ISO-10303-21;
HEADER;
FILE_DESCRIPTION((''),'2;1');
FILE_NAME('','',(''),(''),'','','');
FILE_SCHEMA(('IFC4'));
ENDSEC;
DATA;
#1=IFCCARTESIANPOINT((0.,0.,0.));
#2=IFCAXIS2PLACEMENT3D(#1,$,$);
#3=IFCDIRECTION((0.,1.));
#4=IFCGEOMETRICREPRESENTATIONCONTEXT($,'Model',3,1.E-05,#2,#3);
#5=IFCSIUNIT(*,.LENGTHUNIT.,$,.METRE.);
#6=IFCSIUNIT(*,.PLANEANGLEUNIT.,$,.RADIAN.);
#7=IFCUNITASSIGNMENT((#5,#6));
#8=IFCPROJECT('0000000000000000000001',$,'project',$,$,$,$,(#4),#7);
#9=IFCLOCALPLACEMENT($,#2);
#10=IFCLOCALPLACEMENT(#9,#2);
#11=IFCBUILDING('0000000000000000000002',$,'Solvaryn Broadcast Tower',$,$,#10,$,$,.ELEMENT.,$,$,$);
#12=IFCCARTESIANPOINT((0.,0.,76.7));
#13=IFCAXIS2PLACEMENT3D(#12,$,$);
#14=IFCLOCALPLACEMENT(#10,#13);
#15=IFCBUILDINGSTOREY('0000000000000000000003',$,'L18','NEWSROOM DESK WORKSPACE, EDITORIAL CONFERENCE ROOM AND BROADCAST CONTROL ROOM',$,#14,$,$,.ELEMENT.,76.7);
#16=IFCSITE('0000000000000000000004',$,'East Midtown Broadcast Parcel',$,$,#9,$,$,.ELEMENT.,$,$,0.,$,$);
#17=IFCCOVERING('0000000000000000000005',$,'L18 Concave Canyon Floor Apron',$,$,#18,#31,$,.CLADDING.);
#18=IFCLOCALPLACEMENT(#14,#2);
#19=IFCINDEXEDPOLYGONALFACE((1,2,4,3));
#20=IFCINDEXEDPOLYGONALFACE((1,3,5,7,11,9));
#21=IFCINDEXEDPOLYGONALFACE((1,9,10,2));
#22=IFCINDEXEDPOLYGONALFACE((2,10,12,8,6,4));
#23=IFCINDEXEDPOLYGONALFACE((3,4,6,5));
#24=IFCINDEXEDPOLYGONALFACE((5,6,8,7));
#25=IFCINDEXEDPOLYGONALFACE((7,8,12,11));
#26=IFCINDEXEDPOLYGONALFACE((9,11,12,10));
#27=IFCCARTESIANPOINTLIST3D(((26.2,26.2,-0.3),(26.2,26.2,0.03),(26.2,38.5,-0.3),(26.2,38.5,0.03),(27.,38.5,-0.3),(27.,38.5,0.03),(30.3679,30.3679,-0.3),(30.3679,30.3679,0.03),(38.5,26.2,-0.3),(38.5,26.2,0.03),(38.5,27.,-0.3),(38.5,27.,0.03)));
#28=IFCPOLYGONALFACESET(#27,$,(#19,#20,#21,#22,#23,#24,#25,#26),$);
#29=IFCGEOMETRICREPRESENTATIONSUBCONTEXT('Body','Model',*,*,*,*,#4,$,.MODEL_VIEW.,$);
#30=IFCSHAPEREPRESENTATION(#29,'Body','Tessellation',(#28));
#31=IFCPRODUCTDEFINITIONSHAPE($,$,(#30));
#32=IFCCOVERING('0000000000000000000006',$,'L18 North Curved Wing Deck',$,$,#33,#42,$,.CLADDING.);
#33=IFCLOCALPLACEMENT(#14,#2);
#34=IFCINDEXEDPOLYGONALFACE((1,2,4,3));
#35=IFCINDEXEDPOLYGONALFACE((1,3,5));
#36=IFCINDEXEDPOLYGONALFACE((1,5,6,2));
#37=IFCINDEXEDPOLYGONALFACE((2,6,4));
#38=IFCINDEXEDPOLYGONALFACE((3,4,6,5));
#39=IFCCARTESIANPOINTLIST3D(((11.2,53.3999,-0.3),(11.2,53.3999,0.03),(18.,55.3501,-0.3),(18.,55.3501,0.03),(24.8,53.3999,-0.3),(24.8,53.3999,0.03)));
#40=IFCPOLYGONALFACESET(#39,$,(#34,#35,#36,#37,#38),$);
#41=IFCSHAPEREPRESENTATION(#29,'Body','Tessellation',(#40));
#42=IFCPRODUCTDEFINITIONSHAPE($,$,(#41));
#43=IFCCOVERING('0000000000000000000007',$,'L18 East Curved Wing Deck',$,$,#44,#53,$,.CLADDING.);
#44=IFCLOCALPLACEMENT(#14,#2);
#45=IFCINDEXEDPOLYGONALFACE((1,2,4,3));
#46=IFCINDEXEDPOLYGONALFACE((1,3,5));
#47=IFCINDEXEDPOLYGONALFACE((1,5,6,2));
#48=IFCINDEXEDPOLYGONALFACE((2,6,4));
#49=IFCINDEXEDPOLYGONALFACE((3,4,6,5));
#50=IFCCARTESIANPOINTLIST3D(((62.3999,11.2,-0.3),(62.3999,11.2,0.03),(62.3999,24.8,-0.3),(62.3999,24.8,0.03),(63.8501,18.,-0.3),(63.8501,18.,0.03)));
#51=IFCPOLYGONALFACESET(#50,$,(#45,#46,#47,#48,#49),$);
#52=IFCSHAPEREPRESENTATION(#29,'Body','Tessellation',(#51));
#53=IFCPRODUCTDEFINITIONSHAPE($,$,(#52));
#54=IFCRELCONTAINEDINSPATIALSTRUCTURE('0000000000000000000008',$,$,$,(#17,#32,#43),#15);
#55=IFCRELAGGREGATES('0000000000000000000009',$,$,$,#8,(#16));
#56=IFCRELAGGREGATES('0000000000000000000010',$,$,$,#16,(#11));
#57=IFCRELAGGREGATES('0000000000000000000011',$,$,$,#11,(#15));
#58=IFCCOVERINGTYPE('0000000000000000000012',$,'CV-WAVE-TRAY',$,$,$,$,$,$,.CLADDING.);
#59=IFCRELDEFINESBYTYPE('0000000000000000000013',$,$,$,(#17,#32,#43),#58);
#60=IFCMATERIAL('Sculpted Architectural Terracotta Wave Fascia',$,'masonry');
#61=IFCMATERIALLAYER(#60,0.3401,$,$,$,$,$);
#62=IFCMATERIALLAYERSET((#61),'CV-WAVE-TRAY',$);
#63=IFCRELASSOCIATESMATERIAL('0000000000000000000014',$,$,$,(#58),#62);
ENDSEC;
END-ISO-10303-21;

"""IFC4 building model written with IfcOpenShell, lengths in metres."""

from ifc_helpers import new_model, si_unit, direction, frame, origin, place, context, subcontext, project, spatial, polyline, outline, extrude, material, layer, layer_set, type_object, element, save


model = new_model("IFC4")

# Units and contexts
model_context = context("Model", 3, precision=1e-05, world=origin(), true_north=direction((0.0, 1.0)))
body_context = subcontext(model_context, "Body", "Model", "MODEL_VIEW")
ifc_project = project(units=[si_unit("LENGTHUNIT", "METRE"), si_unit("PLANEANGLEUNIT", "RADIAN")], contexts=[model_context])

# Site, building, storey
site_placement = place(None, origin())
site = spatial("IfcSite", under=ifc_project, at=site_placement, Name="East Midtown Broadcast Parcel", CompositionType="ELEMENT", RefElevation=0.0)
building_placement = place(site_placement, origin())
building = spatial("IfcBuilding", under=site, at=building_placement, Name="Solvaryn Broadcast Tower", CompositionType="ELEMENT")
storey_placement = place(building_placement, frame((0.0, 0.0, 76.7)))
storey = spatial("IfcBuildingStorey", under=building, at=storey_placement, Name="L18", Description="NEWSROOM DESK WORKSPACE, EDITORIAL CONFERENCE ROOM AND BROADCAST CONTROL ROOM", CompositionType="ELEMENT", Elevation=76.7)

# Coverings
ifc_material_1 = material(Name="Sculpted Architectural Terracotta Wave Fascia", Category="masonry")
ifc_layer_1 = layer(ifc_material_1, 0.3401)
ifc_layer_set_1 = layer_set([ifc_layer_1], Name="CV-WAVE-TRAY")
covering_type_1 = type_object("IfcCoveringType", Name="CV-WAVE-TRAY", PredefinedType="CLADDING", material=ifc_layer_set_1)
covering_1_placement = place(storey_placement, frame((0.0, 0.0, -0.3)))
element("IfcCovering", 1, at=covering_1_placement, inside=storey, type_object=covering_type_1, Name="L18 Concave Canyon Floor Apron", PredefinedType="CLADDING", context=body_context, shape_type="SweptSolid", body=[
    extrude(outline(polyline([(26.2, 26.2), (38.5, 26.2), (38.5, 27.0), (30.3679, 30.3679), (27.0, 38.5), (26.2, 38.5), (26.2, 26.2)])), origin(), (0.0, 0.0, 1.0), 0.3301),
])
covering_2_placement = place(storey_placement, frame((0.0, 0.0, -0.3)))
element("IfcCovering", 2, at=covering_2_placement, inside=storey, type_object=covering_type_1, Name="L18 North Curved Wing Deck", PredefinedType="CLADDING", context=body_context, shape_type="SweptSolid", body=[
    extrude(outline(polyline([(11.2, 53.3999), (24.8, 53.3999), (18.0, 55.3501), (11.2, 53.3999)])), origin(), (0.0, 0.0, 1.0), 0.3301),
])
covering_3_placement = place(storey_placement, frame((0.0, 0.0, -0.3)))
element("IfcCovering", 3, at=covering_3_placement, inside=storey, type_object=covering_type_1, Name="L18 East Curved Wing Deck", PredefinedType="CLADDING", context=body_context, shape_type="SweptSolid", body=[
    extrude(outline(polyline([(62.3999, 11.2), (63.8501, 18.0), (62.3999, 24.8), (62.3999, 11.2)])), origin(), (0.0, 0.0, 1.0), 0.3301),
])

save(model, "model.ifc")
